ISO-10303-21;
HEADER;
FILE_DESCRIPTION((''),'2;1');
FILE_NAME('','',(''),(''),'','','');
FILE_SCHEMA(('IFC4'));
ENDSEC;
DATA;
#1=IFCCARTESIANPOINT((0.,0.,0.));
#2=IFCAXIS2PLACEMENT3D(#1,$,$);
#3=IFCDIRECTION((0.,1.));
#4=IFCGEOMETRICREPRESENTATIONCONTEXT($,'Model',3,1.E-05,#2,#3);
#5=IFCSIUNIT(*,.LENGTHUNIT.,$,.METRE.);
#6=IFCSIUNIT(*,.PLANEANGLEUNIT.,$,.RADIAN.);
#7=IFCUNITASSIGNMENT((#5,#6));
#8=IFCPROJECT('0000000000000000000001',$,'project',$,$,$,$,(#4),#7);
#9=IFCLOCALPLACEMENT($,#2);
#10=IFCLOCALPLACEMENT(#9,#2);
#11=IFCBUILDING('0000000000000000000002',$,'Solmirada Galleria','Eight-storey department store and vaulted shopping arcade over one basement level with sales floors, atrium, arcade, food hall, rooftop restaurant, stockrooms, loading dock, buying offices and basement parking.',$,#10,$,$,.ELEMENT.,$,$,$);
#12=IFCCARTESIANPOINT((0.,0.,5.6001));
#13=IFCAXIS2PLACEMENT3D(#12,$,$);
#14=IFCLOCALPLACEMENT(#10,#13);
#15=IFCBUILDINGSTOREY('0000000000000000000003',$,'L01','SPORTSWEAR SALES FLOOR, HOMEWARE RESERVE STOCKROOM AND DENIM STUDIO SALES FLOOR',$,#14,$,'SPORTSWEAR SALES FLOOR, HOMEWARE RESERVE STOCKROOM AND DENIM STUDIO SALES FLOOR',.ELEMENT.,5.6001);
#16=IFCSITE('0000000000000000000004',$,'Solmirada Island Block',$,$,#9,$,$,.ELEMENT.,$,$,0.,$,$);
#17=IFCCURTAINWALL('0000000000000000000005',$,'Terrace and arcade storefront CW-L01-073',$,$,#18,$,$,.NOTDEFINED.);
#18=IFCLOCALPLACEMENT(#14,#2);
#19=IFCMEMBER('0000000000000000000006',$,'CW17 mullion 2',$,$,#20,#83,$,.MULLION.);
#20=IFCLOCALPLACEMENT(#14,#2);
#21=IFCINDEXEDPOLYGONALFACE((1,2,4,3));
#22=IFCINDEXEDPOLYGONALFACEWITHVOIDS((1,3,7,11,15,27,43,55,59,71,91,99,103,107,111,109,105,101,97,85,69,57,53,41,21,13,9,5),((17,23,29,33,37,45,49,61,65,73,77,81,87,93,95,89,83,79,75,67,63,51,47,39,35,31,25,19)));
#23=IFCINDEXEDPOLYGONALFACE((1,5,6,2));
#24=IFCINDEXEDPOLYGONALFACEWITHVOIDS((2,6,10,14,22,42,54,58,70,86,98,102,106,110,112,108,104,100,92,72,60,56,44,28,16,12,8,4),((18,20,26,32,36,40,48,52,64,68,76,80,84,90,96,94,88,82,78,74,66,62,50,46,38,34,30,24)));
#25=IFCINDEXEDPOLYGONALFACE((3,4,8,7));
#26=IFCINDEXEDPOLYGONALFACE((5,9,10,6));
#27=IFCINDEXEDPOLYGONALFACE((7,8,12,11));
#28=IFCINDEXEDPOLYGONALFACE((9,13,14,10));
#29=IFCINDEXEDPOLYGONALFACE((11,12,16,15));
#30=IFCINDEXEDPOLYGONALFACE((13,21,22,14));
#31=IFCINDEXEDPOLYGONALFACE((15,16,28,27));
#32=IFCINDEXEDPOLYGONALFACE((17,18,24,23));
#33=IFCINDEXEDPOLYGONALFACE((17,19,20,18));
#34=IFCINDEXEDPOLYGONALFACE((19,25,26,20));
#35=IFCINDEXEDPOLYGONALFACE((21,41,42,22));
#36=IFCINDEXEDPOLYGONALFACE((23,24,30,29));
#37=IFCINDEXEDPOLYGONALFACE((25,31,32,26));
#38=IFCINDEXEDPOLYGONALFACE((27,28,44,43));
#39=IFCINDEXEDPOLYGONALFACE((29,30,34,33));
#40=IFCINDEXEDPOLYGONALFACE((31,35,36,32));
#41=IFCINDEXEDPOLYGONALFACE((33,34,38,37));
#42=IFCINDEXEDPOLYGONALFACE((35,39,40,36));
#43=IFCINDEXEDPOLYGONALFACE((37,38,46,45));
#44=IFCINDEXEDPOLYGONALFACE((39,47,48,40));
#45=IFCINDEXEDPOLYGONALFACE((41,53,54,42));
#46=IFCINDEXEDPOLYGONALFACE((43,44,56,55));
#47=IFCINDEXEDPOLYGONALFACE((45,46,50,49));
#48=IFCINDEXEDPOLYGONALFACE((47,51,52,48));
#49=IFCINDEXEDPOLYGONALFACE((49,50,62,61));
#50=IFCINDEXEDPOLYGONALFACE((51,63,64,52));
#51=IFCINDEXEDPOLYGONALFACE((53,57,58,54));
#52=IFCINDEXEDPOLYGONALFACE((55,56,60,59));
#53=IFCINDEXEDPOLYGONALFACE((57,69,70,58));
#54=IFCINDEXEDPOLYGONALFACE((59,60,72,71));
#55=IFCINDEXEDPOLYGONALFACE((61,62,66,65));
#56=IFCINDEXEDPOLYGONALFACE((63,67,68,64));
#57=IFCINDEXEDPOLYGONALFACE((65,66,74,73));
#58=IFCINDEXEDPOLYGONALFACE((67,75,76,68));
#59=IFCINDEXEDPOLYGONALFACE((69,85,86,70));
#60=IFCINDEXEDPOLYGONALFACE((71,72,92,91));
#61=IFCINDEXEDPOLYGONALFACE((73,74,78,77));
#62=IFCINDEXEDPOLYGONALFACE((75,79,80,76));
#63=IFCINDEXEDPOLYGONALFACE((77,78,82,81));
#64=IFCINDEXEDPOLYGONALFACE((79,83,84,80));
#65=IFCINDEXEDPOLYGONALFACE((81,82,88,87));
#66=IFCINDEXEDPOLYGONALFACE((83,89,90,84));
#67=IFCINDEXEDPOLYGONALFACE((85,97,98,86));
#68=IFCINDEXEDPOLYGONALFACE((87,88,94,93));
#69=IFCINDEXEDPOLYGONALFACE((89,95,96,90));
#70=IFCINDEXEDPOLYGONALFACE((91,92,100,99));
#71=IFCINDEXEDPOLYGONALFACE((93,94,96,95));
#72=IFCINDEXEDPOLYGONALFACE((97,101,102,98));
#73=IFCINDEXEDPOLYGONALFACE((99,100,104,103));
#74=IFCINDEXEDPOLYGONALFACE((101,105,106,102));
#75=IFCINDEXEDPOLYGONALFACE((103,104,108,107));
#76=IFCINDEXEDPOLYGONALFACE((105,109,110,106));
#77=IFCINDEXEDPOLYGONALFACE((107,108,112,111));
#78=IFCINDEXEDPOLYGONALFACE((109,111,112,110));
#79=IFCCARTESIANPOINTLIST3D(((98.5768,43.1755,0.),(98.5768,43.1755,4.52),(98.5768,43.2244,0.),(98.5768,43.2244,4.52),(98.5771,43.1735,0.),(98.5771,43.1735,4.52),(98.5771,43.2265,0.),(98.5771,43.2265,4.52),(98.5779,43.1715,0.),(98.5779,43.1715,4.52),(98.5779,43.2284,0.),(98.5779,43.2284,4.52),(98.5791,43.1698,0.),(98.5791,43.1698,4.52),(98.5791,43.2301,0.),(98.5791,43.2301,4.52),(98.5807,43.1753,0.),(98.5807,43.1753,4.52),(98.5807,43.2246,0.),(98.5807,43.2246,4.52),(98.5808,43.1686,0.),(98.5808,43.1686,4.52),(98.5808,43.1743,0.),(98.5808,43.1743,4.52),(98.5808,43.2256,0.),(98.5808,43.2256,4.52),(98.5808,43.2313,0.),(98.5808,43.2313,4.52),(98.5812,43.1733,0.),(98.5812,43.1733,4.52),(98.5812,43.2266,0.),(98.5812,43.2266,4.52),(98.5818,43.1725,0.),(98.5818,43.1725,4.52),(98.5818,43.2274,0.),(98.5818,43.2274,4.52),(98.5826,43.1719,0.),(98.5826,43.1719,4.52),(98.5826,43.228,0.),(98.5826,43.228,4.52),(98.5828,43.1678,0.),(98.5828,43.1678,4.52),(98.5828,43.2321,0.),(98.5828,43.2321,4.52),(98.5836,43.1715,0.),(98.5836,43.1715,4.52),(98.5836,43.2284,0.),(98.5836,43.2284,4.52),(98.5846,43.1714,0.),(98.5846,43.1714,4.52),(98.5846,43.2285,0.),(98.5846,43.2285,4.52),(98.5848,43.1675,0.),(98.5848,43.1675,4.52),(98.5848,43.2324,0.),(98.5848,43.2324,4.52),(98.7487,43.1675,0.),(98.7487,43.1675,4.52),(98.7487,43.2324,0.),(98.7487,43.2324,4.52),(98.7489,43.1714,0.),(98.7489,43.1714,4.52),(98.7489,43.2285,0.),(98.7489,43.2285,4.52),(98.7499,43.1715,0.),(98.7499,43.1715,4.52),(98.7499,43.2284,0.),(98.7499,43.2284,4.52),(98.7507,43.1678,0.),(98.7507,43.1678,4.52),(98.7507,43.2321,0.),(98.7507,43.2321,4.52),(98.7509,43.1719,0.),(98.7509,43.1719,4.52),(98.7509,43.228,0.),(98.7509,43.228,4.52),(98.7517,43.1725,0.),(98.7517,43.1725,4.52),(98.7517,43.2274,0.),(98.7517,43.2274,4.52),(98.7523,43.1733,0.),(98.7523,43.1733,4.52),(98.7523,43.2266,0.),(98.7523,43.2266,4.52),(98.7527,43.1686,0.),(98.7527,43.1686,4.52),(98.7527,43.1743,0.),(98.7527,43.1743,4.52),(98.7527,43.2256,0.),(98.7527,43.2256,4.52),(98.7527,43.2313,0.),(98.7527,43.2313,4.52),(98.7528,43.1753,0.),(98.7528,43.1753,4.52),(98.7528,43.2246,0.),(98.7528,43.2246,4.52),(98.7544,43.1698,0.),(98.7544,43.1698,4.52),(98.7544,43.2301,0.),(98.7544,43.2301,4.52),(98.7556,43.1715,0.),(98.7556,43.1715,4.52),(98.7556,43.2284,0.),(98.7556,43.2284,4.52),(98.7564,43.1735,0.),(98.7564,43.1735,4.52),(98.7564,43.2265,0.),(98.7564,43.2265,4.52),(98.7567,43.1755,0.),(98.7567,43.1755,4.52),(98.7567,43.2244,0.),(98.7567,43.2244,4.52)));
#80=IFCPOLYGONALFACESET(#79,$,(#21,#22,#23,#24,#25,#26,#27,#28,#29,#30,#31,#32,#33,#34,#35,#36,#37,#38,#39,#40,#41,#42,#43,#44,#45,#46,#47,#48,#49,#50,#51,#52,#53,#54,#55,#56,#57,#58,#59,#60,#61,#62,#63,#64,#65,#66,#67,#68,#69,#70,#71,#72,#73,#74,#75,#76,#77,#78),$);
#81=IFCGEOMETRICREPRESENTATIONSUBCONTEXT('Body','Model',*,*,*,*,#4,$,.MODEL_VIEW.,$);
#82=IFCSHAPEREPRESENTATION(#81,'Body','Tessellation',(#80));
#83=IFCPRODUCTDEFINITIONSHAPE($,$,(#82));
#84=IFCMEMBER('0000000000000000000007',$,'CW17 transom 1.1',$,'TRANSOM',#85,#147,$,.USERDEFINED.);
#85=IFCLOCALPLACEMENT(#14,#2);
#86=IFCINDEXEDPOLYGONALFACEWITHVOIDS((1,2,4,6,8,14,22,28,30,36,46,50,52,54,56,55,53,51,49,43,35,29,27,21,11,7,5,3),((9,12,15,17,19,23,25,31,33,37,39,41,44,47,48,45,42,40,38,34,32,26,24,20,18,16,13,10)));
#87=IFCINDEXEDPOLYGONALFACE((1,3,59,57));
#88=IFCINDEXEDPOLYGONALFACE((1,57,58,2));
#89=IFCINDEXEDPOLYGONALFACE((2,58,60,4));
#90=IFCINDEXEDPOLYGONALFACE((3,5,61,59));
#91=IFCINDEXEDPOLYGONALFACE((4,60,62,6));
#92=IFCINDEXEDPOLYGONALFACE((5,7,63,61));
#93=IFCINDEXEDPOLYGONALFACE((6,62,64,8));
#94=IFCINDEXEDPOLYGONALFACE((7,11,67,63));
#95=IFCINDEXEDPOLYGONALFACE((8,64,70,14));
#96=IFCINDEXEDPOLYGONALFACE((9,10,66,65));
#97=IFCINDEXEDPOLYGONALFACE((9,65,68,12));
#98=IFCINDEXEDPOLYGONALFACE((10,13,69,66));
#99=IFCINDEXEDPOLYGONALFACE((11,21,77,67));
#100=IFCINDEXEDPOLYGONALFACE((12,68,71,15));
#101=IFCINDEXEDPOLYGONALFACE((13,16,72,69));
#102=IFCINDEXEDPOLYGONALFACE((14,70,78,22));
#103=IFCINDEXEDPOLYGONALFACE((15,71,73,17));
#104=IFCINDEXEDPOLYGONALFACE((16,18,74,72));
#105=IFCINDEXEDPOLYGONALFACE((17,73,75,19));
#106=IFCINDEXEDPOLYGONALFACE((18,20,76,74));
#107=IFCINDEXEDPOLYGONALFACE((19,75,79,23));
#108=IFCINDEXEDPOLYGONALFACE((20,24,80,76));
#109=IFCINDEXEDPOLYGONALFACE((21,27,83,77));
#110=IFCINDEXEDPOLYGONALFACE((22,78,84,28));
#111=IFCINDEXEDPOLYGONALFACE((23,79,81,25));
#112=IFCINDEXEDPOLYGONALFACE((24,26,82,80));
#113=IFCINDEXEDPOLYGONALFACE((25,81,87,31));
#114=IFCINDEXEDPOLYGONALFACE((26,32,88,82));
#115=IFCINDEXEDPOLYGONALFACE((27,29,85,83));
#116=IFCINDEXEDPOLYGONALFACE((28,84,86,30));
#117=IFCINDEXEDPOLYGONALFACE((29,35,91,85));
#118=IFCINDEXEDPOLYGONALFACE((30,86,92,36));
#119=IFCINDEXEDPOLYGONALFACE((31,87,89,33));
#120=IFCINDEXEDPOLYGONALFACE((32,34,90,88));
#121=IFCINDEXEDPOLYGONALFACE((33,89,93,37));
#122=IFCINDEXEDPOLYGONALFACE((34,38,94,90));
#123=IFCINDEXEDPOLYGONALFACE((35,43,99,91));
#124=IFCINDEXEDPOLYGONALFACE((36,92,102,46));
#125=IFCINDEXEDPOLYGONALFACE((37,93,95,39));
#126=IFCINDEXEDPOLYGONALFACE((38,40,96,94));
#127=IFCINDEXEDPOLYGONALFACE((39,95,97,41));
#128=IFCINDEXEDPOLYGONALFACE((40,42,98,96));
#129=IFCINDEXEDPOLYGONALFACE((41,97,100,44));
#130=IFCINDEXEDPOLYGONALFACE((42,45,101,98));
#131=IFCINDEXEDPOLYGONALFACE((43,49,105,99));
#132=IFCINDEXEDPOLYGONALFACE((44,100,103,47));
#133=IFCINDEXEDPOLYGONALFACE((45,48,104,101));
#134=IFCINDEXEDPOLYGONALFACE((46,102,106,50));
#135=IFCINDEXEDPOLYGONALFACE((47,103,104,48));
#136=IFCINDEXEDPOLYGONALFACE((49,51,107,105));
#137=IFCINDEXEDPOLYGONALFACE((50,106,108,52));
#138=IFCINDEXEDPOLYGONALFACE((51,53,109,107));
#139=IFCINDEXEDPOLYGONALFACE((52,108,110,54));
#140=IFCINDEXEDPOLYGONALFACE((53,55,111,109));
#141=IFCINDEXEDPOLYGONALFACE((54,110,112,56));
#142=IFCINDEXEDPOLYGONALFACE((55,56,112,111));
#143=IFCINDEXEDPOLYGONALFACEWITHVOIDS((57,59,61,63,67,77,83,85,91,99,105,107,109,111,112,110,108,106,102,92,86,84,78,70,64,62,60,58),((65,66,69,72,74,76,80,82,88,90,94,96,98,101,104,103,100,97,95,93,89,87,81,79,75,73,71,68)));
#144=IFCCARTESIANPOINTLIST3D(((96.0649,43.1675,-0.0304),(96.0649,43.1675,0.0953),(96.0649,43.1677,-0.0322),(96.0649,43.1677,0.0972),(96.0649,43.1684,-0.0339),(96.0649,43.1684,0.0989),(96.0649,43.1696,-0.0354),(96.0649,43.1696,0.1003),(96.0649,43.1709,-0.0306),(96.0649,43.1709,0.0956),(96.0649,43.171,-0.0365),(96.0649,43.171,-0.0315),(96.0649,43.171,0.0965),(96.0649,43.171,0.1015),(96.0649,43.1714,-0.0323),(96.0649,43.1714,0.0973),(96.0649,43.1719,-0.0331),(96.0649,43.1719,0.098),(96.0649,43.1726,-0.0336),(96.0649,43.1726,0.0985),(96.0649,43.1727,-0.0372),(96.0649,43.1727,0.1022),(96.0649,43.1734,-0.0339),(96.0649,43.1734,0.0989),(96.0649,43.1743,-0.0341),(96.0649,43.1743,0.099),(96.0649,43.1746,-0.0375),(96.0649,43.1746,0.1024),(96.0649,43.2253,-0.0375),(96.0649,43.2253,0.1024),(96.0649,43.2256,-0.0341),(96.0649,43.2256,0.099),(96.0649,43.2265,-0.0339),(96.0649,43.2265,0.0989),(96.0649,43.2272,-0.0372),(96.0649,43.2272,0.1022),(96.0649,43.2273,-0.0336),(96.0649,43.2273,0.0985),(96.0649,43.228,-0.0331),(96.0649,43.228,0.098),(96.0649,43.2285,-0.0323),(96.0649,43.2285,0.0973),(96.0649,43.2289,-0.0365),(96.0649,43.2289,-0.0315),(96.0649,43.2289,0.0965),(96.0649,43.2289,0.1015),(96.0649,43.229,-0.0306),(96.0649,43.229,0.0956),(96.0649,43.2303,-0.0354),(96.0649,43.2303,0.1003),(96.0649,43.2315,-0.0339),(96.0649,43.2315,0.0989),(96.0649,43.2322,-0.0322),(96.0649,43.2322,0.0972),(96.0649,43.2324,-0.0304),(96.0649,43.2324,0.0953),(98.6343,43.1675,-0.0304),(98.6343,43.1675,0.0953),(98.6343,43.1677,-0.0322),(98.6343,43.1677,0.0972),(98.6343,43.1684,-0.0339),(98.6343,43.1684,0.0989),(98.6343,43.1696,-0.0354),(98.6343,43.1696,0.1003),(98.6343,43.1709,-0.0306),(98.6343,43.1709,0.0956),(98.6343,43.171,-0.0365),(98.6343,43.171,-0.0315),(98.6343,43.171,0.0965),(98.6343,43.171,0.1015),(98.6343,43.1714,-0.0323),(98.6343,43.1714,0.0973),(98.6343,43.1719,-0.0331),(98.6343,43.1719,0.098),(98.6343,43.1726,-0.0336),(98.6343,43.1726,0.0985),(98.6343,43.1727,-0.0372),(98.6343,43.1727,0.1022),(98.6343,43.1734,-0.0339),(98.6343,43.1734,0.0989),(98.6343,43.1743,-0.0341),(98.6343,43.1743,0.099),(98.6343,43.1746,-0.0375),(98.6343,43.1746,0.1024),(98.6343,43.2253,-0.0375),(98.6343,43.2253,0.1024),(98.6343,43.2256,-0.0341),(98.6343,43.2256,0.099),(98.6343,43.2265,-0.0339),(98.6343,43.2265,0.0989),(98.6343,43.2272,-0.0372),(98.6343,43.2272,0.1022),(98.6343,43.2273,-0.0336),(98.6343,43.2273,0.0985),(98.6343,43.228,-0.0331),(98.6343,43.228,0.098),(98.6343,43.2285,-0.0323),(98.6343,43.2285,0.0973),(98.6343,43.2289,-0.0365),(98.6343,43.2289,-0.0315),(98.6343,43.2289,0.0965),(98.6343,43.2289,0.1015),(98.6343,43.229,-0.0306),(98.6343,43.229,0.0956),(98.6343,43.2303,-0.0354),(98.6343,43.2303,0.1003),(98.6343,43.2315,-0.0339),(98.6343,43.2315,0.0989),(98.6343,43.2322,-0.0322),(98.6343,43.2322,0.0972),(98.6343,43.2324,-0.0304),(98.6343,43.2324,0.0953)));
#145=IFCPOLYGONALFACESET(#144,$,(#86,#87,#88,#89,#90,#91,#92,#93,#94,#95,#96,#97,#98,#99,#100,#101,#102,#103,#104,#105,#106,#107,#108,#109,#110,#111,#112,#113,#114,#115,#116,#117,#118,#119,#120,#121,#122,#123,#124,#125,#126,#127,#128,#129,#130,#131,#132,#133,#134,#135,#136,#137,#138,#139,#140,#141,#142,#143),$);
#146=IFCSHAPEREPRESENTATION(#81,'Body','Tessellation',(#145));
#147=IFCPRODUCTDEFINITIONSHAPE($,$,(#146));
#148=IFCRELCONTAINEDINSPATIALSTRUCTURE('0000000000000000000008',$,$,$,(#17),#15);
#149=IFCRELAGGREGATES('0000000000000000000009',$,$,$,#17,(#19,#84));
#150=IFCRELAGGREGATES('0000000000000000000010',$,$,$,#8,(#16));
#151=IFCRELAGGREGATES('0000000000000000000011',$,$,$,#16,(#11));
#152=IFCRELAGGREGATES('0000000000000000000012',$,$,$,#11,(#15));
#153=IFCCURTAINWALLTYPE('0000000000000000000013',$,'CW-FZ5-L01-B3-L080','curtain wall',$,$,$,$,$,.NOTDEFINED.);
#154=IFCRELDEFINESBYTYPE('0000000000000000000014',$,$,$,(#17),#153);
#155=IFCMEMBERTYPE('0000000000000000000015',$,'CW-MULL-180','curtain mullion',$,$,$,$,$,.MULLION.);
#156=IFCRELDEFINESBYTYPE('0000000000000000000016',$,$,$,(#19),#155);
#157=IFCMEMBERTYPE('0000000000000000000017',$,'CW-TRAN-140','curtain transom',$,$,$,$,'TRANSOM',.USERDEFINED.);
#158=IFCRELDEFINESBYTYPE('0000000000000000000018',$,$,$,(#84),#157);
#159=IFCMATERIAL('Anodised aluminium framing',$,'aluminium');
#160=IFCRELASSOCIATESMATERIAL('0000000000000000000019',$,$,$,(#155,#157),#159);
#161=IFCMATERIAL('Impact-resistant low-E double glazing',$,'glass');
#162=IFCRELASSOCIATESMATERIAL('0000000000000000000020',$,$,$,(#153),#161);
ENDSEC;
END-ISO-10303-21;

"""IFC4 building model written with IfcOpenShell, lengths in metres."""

from ifc_helpers import new_model, si_unit, direction, frame, origin, origin_2d, place, context, subcontext, project, spatial, hollow_rectangle, extrude, material, material_profile, profile_set, type_object, element, aggregate, save


model = new_model("IFC4")

# Units and contexts
model_context = context("Model", 3, precision=1e-05, world=origin(), true_north=direction((0.0, 1.0)))
body_context = subcontext(model_context, "Body", "Model", "MODEL_VIEW")
ifc_project = project(units=[si_unit("LENGTHUNIT", "METRE"), si_unit("PLANEANGLEUNIT", "RADIAN")], contexts=[model_context])

# Site, building, storey
site_placement = place(None, origin())
site = spatial("IfcSite", under=ifc_project, at=site_placement, Name="Solmirada Island Block", CompositionType="ELEMENT", RefElevation=0.0)
building_placement = place(site_placement, origin())
building = spatial("IfcBuilding", under=site, at=building_placement, Name="Solmirada Galleria", Description="Eight-storey department store and vaulted shopping arcade over one basement level with sales floors, atrium, arcade, food hall, rooftop restaurant, stockrooms, loading dock, buying offices and basement parking.", CompositionType="ELEMENT")
storey_placement = place(building_placement, frame((0.0, 0.0, 5.6001)))
storey = spatial("IfcBuildingStorey", under=building, at=storey_placement, Name="L01", Description="SPORTSWEAR SALES FLOOR, HOMEWARE RESERVE STOCKROOM AND DENIM STUDIO SALES FLOOR", LongName="SPORTSWEAR SALES FLOOR, HOMEWARE RESERVE STOCKROOM AND DENIM STUDIO SALES FLOOR", CompositionType="ELEMENT", Elevation=5.6001)

# Shared definitions
ifc_material_1 = material(Name="Impact-resistant low-E double glazing", Category="glass")
ifc_material_2 = material(Name="Anodised aluminium framing", Category="aluminium")
ifc_material_profile_1 = material_profile(ifc_material_2, hollow_rectangle(XDim=0.0649, YDim=0.1799, WallThickness=0.0039, InnerFilletRadius=0.0039, OuterFilletRadius=0.0081, at=origin_2d()), Name="ALU-MULL-180X65")
ifc_profile_set_1 = profile_set([ifc_material_profile_1], Name="Anodised aluminium framing")
member_type_1 = type_object("IfcMemberType", Name="CW-MULL-180", Description="curtain mullion", PredefinedType="MULLION", material=ifc_profile_set_1)

# Curtain wall, members
curtain_wall_type_1 = type_object("IfcCurtainWallType", Name="CW-FZ5-L01-B3-L080", Description="curtain wall", PredefinedType="NOTDEFINED", material=ifc_material_1)
curtain_wall_1_placement = place(storey_placement, origin())
curtain_wall_1 = element("IfcCurtainWall", 1, at=curtain_wall_1_placement, inside=storey, type_object=curtain_wall_type_1, Name="Terrace and arcade storefront CW-L01-073", PredefinedType="NOTDEFINED")
member_1_placement = place(storey_placement, frame((98.6667, 43.2, 0.0), z_axis=(0.0, 0.0, 1.0), x_axis=(0.0, 1.0, 0.0)))
member_1 = element("IfcMember", 2, at=member_1_placement, type_object=member_type_1, Name="CW17 mullion 2", PredefinedType="MULLION", context=body_context, shape_type="SweptSolid", body=[
    extrude(hollow_rectangle(XDim=0.0649, YDim=0.1799, WallThickness=0.0039, InnerFilletRadius=0.0039, OuterFilletRadius=0.0081, at=origin_2d()), origin(), (0.0, 0.0, 1.0), 4.52),
])
ifc_material_profile_2 = material_profile(ifc_material_2, hollow_rectangle(XDim=0.0649, YDim=0.1399, WallThickness=0.0034, InnerFilletRadius=0.0034, OuterFilletRadius=0.0071, at=origin_2d()), Name="ALU-TRAN-140X65")
ifc_profile_set_2 = profile_set([ifc_material_profile_2], Name="Anodised aluminium framing")
member_type_2 = type_object("IfcMemberType", Name="CW-TRAN-140", Description="curtain transom", ElementType="TRANSOM", PredefinedType="USERDEFINED", material=ifc_profile_set_2)
member_2_placement = place(storey_placement, frame((96.0649, 43.2, 0.0325), z_axis=(1.0, 0.0, 0.0), x_axis=(0.0, 1.0, 0.0)))
member_2 = element("IfcMember", 3, at=member_2_placement, type_object=member_type_2, Name="CW17 transom 1.1", ObjectType="TRANSOM", PredefinedType="USERDEFINED", context=body_context, shape_type="SweptSolid", body=[
    extrude(hollow_rectangle(XDim=0.0649, YDim=0.1399, WallThickness=0.0034, InnerFilletRadius=0.0034, OuterFilletRadius=0.0071, at=origin_2d()), origin(), (0.0, 0.0, 1.0), 2.5693),
])

aggregate(curtain_wall_1, [member_1, member_2])

save(model, "model.ifc")
